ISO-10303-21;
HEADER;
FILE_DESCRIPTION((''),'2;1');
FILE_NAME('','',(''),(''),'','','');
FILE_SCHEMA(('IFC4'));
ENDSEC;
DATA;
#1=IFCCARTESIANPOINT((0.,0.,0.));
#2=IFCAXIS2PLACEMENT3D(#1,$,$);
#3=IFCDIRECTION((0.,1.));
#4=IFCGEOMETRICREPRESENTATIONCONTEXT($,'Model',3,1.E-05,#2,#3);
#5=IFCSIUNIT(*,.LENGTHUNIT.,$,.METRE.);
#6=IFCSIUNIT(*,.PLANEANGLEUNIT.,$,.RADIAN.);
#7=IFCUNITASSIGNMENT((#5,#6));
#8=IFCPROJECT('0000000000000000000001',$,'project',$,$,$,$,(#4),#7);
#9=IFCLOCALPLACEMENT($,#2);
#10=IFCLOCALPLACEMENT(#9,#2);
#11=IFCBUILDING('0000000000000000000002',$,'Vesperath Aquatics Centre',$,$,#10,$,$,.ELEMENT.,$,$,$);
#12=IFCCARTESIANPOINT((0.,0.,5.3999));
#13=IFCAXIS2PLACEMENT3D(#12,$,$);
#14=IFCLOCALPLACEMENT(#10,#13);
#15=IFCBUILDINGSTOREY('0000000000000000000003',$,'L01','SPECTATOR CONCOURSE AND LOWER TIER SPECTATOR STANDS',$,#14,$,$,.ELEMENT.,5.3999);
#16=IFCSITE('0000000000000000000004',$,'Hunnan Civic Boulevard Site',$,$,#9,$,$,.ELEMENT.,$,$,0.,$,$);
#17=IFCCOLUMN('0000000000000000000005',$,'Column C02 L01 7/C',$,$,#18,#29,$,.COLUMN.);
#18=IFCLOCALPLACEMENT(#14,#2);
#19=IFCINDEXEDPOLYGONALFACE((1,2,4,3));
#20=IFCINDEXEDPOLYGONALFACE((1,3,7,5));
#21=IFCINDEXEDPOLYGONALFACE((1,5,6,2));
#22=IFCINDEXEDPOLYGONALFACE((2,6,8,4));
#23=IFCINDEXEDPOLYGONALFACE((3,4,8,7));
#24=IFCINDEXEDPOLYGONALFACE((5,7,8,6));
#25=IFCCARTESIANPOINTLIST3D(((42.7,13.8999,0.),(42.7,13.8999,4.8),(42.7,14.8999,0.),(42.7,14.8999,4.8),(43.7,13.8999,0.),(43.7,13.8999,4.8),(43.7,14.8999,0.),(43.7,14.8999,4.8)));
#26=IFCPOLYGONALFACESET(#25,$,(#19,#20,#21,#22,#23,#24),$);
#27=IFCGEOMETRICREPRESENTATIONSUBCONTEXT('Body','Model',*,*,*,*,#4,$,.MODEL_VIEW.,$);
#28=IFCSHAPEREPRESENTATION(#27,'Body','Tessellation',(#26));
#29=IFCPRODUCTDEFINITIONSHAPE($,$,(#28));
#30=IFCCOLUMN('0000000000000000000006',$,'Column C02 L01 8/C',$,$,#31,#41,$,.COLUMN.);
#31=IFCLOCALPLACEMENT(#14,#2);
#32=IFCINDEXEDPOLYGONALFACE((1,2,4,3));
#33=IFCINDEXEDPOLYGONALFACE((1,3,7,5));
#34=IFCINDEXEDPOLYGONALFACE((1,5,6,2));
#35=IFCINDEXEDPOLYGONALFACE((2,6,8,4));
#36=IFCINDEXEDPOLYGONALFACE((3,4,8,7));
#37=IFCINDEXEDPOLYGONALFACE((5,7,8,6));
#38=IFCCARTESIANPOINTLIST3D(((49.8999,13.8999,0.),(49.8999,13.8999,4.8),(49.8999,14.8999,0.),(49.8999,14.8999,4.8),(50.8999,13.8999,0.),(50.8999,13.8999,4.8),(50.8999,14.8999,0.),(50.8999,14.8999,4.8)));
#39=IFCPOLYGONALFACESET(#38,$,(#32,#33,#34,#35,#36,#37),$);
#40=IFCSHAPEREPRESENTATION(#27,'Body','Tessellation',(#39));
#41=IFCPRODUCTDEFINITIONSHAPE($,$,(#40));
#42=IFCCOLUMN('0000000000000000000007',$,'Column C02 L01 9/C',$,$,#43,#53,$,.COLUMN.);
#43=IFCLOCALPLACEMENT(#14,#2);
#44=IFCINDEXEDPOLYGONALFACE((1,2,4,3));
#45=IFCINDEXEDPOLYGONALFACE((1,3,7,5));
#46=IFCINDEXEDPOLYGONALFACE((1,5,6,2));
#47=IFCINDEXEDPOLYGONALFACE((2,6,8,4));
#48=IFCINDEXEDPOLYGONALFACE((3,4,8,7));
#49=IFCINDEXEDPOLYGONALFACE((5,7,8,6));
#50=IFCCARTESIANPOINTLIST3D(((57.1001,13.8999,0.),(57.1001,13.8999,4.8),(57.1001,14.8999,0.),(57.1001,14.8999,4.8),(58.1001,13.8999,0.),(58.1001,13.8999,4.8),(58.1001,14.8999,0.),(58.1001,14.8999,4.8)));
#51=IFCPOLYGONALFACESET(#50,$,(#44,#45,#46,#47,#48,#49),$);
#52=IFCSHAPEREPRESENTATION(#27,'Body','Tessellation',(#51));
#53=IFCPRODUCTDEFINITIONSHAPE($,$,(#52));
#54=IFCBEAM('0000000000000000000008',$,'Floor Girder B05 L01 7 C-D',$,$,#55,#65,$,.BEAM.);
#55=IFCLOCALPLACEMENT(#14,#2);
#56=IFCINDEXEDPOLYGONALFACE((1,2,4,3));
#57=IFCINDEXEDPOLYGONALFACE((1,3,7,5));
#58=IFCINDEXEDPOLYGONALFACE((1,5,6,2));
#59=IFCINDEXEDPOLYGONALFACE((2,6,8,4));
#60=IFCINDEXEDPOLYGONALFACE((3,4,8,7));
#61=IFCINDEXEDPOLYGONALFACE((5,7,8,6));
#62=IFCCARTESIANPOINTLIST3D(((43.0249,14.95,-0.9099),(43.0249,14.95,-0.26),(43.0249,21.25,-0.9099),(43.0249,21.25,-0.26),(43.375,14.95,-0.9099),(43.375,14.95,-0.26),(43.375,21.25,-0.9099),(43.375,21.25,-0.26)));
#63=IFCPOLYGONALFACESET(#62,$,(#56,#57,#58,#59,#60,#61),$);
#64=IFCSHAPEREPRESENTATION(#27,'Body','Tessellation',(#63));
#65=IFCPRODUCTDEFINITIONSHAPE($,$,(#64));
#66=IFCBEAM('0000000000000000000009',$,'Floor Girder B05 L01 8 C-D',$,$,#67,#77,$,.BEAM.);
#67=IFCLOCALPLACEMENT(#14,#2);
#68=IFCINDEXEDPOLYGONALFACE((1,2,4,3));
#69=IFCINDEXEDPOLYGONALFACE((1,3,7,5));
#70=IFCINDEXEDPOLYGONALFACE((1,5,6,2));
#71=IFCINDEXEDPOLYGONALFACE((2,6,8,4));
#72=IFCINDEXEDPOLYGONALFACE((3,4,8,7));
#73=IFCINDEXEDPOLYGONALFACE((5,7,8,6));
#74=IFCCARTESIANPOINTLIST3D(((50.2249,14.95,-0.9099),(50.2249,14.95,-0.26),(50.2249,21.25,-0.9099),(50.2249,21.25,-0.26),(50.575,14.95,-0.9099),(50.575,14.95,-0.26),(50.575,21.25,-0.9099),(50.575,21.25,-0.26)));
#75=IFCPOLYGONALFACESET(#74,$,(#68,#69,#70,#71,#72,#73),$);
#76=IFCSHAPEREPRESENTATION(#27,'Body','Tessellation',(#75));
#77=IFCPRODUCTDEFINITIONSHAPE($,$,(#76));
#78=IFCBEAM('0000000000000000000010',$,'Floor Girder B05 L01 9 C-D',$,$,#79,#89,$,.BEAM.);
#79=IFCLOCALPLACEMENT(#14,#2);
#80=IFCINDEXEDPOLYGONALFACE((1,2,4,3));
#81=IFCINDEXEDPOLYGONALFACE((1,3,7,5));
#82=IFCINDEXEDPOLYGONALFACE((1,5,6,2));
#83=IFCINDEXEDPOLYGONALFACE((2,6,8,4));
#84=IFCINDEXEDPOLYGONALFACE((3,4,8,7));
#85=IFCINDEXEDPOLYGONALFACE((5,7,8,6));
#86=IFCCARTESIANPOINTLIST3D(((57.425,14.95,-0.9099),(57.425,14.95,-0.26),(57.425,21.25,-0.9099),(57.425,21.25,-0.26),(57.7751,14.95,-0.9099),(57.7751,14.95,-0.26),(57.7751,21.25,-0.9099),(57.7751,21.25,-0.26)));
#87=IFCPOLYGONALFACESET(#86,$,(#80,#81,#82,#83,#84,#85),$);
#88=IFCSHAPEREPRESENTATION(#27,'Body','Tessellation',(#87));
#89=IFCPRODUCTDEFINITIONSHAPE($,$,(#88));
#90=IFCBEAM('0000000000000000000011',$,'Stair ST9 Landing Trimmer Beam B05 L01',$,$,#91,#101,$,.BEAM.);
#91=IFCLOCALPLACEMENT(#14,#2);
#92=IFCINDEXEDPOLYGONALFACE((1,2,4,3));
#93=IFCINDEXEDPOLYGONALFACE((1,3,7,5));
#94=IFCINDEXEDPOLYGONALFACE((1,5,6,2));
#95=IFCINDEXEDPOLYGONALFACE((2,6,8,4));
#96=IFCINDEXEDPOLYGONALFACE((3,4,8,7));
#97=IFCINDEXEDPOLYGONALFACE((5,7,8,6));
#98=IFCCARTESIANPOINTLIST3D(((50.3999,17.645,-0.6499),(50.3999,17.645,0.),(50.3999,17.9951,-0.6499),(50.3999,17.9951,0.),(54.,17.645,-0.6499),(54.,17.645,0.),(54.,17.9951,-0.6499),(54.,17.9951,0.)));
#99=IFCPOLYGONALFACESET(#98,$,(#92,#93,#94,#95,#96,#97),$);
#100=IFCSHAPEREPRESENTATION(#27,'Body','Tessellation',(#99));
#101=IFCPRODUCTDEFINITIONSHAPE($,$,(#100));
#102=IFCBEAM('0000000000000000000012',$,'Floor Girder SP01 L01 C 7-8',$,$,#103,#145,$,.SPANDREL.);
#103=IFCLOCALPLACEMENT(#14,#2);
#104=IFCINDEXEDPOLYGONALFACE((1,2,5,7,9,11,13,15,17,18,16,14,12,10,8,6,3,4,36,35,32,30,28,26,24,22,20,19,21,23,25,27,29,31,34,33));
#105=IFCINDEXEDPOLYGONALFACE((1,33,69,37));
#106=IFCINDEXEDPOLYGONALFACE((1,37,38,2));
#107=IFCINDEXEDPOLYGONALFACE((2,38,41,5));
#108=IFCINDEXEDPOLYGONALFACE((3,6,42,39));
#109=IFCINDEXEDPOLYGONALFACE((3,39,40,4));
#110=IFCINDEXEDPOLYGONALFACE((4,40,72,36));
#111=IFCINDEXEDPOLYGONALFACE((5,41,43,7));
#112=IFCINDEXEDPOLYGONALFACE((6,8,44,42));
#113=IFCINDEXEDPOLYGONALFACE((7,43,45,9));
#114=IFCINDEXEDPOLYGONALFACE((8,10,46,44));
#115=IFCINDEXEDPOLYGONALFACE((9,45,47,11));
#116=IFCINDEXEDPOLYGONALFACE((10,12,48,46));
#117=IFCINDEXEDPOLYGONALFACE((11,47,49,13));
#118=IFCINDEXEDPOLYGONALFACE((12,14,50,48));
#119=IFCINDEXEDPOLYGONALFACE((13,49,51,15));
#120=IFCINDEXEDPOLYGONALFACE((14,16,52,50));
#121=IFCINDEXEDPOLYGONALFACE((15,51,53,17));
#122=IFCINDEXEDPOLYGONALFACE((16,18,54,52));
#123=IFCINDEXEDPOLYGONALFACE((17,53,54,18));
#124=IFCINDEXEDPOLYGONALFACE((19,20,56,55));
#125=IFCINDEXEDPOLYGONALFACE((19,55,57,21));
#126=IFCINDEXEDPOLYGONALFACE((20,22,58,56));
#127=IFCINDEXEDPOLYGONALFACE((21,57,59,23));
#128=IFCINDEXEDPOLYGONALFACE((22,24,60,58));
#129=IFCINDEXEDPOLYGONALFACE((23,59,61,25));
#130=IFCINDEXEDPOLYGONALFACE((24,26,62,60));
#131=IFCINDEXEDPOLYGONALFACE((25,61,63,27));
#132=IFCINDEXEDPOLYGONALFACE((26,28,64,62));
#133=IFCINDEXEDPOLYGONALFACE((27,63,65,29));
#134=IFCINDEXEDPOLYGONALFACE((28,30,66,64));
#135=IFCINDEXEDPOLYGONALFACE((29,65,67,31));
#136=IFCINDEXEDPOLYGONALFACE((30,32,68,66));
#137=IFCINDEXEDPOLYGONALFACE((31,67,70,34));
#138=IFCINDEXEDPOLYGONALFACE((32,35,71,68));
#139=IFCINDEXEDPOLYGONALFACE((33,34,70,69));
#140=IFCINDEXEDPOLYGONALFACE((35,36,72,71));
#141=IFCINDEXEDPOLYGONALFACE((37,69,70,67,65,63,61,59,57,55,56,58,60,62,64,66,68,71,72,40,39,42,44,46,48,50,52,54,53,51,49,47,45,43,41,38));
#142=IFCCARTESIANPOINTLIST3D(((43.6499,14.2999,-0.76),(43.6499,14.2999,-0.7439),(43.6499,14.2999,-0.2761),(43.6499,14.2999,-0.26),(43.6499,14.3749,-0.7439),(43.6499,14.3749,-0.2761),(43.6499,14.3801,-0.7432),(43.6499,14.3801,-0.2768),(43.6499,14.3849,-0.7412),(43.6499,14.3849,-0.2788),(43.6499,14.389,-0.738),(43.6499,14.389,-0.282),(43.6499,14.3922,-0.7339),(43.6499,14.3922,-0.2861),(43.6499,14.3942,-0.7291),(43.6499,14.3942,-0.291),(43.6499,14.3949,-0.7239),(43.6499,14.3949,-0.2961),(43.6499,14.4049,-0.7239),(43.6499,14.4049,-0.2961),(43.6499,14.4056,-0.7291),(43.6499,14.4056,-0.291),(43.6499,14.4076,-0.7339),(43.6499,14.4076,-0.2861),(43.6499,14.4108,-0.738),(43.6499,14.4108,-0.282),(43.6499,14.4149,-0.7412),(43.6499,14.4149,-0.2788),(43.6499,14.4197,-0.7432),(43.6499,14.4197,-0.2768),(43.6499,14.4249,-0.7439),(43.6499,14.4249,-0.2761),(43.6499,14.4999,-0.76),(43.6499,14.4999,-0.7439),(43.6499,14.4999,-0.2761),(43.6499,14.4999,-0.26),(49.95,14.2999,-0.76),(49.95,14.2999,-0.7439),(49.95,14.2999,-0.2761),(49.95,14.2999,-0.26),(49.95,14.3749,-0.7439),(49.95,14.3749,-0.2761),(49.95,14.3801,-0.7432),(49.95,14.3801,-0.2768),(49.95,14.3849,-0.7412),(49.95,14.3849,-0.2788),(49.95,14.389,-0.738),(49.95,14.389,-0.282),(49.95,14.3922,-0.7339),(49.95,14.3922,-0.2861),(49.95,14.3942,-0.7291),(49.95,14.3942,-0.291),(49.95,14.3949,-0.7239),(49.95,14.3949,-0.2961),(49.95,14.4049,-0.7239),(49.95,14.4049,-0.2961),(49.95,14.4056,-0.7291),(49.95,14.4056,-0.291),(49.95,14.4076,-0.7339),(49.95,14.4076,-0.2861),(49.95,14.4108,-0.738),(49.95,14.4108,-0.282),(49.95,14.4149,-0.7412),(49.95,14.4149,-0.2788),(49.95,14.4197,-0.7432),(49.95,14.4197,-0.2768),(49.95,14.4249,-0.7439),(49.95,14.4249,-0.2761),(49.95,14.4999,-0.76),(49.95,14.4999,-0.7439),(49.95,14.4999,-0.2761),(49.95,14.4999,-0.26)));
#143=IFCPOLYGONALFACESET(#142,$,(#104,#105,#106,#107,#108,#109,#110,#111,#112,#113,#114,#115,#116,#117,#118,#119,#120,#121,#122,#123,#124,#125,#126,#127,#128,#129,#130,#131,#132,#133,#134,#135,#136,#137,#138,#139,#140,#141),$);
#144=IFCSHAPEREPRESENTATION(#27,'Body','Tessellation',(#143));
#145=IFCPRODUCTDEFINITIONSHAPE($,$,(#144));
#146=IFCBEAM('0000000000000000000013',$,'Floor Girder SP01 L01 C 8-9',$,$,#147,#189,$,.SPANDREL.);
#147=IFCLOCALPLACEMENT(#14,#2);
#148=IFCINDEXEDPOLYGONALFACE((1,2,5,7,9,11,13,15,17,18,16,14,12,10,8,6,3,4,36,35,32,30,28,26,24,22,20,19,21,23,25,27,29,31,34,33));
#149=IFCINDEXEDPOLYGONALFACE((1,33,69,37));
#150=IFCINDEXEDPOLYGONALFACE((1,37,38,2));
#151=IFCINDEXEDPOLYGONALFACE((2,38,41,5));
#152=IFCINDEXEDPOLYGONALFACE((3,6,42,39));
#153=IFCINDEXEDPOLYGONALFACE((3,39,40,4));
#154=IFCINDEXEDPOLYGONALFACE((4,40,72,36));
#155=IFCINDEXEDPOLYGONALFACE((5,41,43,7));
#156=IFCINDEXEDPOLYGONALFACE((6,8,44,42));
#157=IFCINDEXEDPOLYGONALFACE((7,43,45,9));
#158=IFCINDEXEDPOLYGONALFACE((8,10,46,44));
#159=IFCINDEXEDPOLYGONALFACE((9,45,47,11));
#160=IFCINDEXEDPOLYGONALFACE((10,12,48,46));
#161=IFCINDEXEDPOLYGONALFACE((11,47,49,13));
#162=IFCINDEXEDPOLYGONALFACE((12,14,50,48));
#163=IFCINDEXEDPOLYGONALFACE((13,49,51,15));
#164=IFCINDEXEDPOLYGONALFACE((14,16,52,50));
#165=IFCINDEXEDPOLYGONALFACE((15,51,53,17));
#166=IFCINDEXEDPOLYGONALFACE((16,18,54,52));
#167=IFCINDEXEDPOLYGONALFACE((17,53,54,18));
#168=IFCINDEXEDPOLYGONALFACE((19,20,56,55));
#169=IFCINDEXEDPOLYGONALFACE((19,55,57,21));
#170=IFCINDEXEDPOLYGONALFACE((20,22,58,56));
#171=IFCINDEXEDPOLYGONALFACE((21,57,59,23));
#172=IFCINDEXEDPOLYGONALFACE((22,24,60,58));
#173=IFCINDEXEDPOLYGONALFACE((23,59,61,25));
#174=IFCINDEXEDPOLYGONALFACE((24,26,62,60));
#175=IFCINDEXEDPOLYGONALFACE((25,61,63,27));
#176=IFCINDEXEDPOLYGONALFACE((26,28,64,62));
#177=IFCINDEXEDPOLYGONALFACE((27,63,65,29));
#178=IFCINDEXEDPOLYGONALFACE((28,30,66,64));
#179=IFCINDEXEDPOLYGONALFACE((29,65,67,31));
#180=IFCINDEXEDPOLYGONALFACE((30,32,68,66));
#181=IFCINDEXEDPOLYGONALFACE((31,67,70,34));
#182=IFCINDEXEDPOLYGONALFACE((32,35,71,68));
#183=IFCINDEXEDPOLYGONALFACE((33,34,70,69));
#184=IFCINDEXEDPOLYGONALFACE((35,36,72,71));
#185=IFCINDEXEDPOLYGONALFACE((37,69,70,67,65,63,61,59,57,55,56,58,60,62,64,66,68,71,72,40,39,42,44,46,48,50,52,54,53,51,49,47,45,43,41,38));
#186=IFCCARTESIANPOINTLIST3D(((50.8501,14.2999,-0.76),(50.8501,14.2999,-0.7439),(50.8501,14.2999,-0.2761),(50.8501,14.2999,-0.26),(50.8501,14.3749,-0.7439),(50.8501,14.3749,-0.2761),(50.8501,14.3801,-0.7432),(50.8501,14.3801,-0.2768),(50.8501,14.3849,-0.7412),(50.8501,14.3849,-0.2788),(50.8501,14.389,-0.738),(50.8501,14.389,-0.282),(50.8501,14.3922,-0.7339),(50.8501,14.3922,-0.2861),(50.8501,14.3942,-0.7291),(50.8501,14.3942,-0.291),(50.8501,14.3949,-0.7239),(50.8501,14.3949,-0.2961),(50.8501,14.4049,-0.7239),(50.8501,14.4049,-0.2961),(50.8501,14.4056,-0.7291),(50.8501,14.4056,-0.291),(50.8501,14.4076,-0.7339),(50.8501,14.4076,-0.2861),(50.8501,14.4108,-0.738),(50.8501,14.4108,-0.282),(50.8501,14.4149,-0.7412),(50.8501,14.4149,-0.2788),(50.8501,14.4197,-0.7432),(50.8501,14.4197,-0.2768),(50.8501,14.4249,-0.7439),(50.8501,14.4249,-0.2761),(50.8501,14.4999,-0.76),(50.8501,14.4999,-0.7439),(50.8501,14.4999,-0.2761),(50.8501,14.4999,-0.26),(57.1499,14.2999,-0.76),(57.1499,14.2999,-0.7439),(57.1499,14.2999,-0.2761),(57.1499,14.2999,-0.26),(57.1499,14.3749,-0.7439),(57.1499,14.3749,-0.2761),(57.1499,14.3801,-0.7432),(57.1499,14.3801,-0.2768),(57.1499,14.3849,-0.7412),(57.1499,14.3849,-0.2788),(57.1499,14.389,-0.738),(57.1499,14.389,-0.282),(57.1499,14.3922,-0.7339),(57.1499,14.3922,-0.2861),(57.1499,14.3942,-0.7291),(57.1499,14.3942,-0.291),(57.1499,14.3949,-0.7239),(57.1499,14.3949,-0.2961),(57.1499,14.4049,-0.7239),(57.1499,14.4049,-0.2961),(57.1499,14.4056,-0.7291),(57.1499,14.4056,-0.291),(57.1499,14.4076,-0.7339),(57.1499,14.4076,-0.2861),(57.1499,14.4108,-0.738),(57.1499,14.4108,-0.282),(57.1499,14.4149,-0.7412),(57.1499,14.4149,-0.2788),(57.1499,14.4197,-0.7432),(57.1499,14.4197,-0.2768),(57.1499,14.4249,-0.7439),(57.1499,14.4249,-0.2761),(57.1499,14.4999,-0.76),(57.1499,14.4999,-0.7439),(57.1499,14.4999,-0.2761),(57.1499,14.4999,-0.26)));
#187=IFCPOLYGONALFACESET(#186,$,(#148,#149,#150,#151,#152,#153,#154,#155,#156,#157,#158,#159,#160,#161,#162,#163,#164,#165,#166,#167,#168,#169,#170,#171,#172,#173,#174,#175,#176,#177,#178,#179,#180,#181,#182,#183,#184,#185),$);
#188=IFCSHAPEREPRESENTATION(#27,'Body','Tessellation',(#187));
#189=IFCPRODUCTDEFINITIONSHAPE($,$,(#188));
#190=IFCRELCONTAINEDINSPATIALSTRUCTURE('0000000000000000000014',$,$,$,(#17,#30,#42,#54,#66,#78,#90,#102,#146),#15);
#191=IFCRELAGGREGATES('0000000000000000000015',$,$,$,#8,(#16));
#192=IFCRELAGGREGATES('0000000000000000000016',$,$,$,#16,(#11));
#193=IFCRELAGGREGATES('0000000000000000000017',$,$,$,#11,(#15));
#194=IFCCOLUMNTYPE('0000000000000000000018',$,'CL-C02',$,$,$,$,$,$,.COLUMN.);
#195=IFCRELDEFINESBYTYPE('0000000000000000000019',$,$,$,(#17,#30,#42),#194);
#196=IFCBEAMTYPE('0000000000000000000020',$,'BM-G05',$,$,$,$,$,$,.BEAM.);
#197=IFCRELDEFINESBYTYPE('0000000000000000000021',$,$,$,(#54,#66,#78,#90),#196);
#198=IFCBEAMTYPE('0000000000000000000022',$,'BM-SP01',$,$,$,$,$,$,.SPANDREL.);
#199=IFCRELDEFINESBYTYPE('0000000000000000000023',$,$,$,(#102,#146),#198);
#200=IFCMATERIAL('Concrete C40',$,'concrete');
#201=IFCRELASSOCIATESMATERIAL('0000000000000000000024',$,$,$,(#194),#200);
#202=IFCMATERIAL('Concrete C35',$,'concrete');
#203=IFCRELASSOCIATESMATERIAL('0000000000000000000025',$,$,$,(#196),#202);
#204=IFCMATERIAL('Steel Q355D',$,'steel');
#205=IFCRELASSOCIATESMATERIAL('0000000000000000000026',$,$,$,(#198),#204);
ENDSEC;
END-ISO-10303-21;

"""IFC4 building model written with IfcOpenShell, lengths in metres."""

from ifc_helpers import new_model, si_unit, direction, frame, origin, origin_2d, place, context, subcontext, project, spatial, rectangle, i_section, extrude, material, material_profile, profile_set, type_object, element, save


model = new_model("IFC4")

# Units and contexts
model_context = context("Model", 3, precision=1e-05, world=origin(), true_north=direction((0.0, 1.0)))
body_context = subcontext(model_context, "Body", "Model", "MODEL_VIEW")
ifc_project = project(units=[si_unit("LENGTHUNIT", "METRE"), si_unit("PLANEANGLEUNIT", "RADIAN")], contexts=[model_context])

# Site, building, storey
site_placement = place(None, origin())
site = spatial("IfcSite", under=ifc_project, at=site_placement, Name="Hunnan Civic Boulevard Site", CompositionType="ELEMENT", RefElevation=0.0)
building_placement = place(site_placement, origin())
building = spatial("IfcBuilding", under=site, at=building_placement, Name="Vesperath Aquatics Centre", CompositionType="ELEMENT")
storey_placement = place(building_placement, frame((0.0, 0.0, 5.3999)))
storey = spatial("IfcBuildingStorey", under=building, at=storey_placement, Name="L01", Description="SPECTATOR CONCOURSE AND LOWER TIER SPECTATOR STANDS", CompositionType="ELEMENT", Elevation=5.3999)

# Columns
ifc_material_1 = material(Name="Concrete C40", Category="concrete")
ifc_material_profile_1 = material_profile(ifc_material_1, rectangle(XDim=1.0, YDim=1.0, at=origin_2d()), Name="RC 1000x1000")
ifc_profile_set_1 = profile_set([ifc_material_profile_1], Name="Concrete C40")
column_type = type_object("IfcColumnType", Name="CL-C02", PredefinedType="COLUMN", material=ifc_profile_set_1)
for number, where, z_axis, x_axis, name in (
    (1, (43.2, 14.3999, 0.0), (0.0, 0.0, 1.0), (1.0, 0.0, 0.0), "Column C02 L01 7/C"),
    (2, (50.3999, 14.3999, 0.0), (0.0, 0.0, 1.0), (1.0, 0.0, 0.0), "Column C02 L01 8/C"),
    (3, (57.6001, 14.3999, 0.0), (0.0, 0.0, 1.0), (1.0, 0.0, 0.0), "Column C02 L01 9/C"),
):
    element("IfcColumn", number, at=place(storey_placement, frame(where, z_axis=z_axis, x_axis=x_axis)), inside=storey, type_object=column_type, Name=name, PredefinedType="COLUMN", context=body_context, shape_type="SweptSolid", body=[
        extrude(rectangle(XDim=1.0, YDim=1.0, at=origin_2d()), origin(), (0.0, 0.0, 1.0), 4.8),
    ])

# Beams
ifc_material_2 = material(Name="Concrete C35", Category="concrete")
ifc_material_profile_2 = material_profile(ifc_material_2, rectangle(XDim=0.3501, YDim=0.6499, at=origin_2d()), Name="RC 350x650")
ifc_profile_set_2 = profile_set([ifc_material_profile_2], Name="Concrete C35")
beam_type_1 = type_object("IfcBeamType", Name="BM-G05", PredefinedType="BEAM", material=ifc_profile_set_2)
for number, where, z_axis, x_axis, name in (
    (4, (43.2, 14.95, -0.585), (0.0, 1.0, 0.0), (-1.0, 0.0, 0.0), "Floor Girder B05 L01 7 C-D"),
    (5, (50.3999, 14.95, -0.585), (0.0, 1.0, 0.0), (-1.0, 0.0, 0.0), "Floor Girder B05 L01 8 C-D"),
    (6, (57.6001, 14.95, -0.585), (0.0, 1.0, 0.0), (-1.0, 0.0, 0.0), "Floor Girder B05 L01 9 C-D"),
):
    element("IfcBeam", number, at=place(storey_placement, frame(where, z_axis=z_axis, x_axis=x_axis)), inside=storey, type_object=beam_type_1, Name=name, PredefinedType="BEAM", context=body_context, shape_type="SweptSolid", body=[
        extrude(rectangle(XDim=0.3501, YDim=0.6499, at=origin_2d()), origin(), (0.0, 0.0, 1.0), 6.3),
    ])
beam_1_placement = place(storey_placement, frame((50.3999, 17.8201, -0.325), z_axis=(1.0, 0.0, 0.0), x_axis=(0.0, 1.0, 0.0)))
element("IfcBeam", 7, at=beam_1_placement, inside=storey, type_object=beam_type_1, Name="Stair ST9 Landing Trimmer Beam B05 L01", PredefinedType="BEAM", context=body_context, shape_type="SweptSolid", body=[
    extrude(rectangle(XDim=0.3501, YDim=0.6499, at=origin_2d()), origin(), (0.0, 0.0, 1.0), 3.6001),
])
ifc_material_3 = material(Name="Steel Q355D", Category="steel")
ifc_material_profile_3 = material_profile(ifc_material_3, i_section(OverallWidth=0.2, OverallDepth=0.5, WebThickness=0.01, FlangeThickness=0.0161, FilletRadius=0.02, at=origin_2d()), Name="HN 500x200x10x16")
ifc_profile_set_3 = profile_set([ifc_material_profile_3], Name="Steel Q355D")
beam_type_2 = type_object("IfcBeamType", Name="BM-SP01", PredefinedType="SPANDREL", material=ifc_profile_set_3)
beam_2_placement = place(storey_placement, frame((43.6499, 14.3999, -0.51), z_axis=(1.0, 0.0, 0.0), x_axis=(0.0, 1.0, 0.0)))
element("IfcBeam", 8, at=beam_2_placement, inside=storey, type_object=beam_type_2, Name="Floor Girder SP01 L01 C 7-8", PredefinedType="SPANDREL", context=body_context, shape_type="SweptSolid", body=[
    extrude(i_section(OverallWidth=0.2, OverallDepth=0.5, WebThickness=0.01, FlangeThickness=0.0161, FilletRadius=0.02, at=origin_2d()), origin(), (0.0, 0.0, 1.0), 6.3),
])
beam_3_placement = place(storey_placement, frame((50.8501, 14.3999, -0.51), z_axis=(1.0, 0.0, 0.0), x_axis=(0.0, 1.0, 0.0)))
element("IfcBeam", 9, at=beam_3_placement, inside=storey, type_object=beam_type_2, Name="Floor Girder SP01 L01 C 8-9", PredefinedType="SPANDREL", context=body_context, shape_type="SweptSolid", body=[
    extrude(i_section(OverallWidth=0.2, OverallDepth=0.5, WebThickness=0.01, FlangeThickness=0.0161, FilletRadius=0.02, at=origin_2d()), origin(), (0.0, 0.0, 1.0), 6.2998),
])

save(model, "model.ifc")
